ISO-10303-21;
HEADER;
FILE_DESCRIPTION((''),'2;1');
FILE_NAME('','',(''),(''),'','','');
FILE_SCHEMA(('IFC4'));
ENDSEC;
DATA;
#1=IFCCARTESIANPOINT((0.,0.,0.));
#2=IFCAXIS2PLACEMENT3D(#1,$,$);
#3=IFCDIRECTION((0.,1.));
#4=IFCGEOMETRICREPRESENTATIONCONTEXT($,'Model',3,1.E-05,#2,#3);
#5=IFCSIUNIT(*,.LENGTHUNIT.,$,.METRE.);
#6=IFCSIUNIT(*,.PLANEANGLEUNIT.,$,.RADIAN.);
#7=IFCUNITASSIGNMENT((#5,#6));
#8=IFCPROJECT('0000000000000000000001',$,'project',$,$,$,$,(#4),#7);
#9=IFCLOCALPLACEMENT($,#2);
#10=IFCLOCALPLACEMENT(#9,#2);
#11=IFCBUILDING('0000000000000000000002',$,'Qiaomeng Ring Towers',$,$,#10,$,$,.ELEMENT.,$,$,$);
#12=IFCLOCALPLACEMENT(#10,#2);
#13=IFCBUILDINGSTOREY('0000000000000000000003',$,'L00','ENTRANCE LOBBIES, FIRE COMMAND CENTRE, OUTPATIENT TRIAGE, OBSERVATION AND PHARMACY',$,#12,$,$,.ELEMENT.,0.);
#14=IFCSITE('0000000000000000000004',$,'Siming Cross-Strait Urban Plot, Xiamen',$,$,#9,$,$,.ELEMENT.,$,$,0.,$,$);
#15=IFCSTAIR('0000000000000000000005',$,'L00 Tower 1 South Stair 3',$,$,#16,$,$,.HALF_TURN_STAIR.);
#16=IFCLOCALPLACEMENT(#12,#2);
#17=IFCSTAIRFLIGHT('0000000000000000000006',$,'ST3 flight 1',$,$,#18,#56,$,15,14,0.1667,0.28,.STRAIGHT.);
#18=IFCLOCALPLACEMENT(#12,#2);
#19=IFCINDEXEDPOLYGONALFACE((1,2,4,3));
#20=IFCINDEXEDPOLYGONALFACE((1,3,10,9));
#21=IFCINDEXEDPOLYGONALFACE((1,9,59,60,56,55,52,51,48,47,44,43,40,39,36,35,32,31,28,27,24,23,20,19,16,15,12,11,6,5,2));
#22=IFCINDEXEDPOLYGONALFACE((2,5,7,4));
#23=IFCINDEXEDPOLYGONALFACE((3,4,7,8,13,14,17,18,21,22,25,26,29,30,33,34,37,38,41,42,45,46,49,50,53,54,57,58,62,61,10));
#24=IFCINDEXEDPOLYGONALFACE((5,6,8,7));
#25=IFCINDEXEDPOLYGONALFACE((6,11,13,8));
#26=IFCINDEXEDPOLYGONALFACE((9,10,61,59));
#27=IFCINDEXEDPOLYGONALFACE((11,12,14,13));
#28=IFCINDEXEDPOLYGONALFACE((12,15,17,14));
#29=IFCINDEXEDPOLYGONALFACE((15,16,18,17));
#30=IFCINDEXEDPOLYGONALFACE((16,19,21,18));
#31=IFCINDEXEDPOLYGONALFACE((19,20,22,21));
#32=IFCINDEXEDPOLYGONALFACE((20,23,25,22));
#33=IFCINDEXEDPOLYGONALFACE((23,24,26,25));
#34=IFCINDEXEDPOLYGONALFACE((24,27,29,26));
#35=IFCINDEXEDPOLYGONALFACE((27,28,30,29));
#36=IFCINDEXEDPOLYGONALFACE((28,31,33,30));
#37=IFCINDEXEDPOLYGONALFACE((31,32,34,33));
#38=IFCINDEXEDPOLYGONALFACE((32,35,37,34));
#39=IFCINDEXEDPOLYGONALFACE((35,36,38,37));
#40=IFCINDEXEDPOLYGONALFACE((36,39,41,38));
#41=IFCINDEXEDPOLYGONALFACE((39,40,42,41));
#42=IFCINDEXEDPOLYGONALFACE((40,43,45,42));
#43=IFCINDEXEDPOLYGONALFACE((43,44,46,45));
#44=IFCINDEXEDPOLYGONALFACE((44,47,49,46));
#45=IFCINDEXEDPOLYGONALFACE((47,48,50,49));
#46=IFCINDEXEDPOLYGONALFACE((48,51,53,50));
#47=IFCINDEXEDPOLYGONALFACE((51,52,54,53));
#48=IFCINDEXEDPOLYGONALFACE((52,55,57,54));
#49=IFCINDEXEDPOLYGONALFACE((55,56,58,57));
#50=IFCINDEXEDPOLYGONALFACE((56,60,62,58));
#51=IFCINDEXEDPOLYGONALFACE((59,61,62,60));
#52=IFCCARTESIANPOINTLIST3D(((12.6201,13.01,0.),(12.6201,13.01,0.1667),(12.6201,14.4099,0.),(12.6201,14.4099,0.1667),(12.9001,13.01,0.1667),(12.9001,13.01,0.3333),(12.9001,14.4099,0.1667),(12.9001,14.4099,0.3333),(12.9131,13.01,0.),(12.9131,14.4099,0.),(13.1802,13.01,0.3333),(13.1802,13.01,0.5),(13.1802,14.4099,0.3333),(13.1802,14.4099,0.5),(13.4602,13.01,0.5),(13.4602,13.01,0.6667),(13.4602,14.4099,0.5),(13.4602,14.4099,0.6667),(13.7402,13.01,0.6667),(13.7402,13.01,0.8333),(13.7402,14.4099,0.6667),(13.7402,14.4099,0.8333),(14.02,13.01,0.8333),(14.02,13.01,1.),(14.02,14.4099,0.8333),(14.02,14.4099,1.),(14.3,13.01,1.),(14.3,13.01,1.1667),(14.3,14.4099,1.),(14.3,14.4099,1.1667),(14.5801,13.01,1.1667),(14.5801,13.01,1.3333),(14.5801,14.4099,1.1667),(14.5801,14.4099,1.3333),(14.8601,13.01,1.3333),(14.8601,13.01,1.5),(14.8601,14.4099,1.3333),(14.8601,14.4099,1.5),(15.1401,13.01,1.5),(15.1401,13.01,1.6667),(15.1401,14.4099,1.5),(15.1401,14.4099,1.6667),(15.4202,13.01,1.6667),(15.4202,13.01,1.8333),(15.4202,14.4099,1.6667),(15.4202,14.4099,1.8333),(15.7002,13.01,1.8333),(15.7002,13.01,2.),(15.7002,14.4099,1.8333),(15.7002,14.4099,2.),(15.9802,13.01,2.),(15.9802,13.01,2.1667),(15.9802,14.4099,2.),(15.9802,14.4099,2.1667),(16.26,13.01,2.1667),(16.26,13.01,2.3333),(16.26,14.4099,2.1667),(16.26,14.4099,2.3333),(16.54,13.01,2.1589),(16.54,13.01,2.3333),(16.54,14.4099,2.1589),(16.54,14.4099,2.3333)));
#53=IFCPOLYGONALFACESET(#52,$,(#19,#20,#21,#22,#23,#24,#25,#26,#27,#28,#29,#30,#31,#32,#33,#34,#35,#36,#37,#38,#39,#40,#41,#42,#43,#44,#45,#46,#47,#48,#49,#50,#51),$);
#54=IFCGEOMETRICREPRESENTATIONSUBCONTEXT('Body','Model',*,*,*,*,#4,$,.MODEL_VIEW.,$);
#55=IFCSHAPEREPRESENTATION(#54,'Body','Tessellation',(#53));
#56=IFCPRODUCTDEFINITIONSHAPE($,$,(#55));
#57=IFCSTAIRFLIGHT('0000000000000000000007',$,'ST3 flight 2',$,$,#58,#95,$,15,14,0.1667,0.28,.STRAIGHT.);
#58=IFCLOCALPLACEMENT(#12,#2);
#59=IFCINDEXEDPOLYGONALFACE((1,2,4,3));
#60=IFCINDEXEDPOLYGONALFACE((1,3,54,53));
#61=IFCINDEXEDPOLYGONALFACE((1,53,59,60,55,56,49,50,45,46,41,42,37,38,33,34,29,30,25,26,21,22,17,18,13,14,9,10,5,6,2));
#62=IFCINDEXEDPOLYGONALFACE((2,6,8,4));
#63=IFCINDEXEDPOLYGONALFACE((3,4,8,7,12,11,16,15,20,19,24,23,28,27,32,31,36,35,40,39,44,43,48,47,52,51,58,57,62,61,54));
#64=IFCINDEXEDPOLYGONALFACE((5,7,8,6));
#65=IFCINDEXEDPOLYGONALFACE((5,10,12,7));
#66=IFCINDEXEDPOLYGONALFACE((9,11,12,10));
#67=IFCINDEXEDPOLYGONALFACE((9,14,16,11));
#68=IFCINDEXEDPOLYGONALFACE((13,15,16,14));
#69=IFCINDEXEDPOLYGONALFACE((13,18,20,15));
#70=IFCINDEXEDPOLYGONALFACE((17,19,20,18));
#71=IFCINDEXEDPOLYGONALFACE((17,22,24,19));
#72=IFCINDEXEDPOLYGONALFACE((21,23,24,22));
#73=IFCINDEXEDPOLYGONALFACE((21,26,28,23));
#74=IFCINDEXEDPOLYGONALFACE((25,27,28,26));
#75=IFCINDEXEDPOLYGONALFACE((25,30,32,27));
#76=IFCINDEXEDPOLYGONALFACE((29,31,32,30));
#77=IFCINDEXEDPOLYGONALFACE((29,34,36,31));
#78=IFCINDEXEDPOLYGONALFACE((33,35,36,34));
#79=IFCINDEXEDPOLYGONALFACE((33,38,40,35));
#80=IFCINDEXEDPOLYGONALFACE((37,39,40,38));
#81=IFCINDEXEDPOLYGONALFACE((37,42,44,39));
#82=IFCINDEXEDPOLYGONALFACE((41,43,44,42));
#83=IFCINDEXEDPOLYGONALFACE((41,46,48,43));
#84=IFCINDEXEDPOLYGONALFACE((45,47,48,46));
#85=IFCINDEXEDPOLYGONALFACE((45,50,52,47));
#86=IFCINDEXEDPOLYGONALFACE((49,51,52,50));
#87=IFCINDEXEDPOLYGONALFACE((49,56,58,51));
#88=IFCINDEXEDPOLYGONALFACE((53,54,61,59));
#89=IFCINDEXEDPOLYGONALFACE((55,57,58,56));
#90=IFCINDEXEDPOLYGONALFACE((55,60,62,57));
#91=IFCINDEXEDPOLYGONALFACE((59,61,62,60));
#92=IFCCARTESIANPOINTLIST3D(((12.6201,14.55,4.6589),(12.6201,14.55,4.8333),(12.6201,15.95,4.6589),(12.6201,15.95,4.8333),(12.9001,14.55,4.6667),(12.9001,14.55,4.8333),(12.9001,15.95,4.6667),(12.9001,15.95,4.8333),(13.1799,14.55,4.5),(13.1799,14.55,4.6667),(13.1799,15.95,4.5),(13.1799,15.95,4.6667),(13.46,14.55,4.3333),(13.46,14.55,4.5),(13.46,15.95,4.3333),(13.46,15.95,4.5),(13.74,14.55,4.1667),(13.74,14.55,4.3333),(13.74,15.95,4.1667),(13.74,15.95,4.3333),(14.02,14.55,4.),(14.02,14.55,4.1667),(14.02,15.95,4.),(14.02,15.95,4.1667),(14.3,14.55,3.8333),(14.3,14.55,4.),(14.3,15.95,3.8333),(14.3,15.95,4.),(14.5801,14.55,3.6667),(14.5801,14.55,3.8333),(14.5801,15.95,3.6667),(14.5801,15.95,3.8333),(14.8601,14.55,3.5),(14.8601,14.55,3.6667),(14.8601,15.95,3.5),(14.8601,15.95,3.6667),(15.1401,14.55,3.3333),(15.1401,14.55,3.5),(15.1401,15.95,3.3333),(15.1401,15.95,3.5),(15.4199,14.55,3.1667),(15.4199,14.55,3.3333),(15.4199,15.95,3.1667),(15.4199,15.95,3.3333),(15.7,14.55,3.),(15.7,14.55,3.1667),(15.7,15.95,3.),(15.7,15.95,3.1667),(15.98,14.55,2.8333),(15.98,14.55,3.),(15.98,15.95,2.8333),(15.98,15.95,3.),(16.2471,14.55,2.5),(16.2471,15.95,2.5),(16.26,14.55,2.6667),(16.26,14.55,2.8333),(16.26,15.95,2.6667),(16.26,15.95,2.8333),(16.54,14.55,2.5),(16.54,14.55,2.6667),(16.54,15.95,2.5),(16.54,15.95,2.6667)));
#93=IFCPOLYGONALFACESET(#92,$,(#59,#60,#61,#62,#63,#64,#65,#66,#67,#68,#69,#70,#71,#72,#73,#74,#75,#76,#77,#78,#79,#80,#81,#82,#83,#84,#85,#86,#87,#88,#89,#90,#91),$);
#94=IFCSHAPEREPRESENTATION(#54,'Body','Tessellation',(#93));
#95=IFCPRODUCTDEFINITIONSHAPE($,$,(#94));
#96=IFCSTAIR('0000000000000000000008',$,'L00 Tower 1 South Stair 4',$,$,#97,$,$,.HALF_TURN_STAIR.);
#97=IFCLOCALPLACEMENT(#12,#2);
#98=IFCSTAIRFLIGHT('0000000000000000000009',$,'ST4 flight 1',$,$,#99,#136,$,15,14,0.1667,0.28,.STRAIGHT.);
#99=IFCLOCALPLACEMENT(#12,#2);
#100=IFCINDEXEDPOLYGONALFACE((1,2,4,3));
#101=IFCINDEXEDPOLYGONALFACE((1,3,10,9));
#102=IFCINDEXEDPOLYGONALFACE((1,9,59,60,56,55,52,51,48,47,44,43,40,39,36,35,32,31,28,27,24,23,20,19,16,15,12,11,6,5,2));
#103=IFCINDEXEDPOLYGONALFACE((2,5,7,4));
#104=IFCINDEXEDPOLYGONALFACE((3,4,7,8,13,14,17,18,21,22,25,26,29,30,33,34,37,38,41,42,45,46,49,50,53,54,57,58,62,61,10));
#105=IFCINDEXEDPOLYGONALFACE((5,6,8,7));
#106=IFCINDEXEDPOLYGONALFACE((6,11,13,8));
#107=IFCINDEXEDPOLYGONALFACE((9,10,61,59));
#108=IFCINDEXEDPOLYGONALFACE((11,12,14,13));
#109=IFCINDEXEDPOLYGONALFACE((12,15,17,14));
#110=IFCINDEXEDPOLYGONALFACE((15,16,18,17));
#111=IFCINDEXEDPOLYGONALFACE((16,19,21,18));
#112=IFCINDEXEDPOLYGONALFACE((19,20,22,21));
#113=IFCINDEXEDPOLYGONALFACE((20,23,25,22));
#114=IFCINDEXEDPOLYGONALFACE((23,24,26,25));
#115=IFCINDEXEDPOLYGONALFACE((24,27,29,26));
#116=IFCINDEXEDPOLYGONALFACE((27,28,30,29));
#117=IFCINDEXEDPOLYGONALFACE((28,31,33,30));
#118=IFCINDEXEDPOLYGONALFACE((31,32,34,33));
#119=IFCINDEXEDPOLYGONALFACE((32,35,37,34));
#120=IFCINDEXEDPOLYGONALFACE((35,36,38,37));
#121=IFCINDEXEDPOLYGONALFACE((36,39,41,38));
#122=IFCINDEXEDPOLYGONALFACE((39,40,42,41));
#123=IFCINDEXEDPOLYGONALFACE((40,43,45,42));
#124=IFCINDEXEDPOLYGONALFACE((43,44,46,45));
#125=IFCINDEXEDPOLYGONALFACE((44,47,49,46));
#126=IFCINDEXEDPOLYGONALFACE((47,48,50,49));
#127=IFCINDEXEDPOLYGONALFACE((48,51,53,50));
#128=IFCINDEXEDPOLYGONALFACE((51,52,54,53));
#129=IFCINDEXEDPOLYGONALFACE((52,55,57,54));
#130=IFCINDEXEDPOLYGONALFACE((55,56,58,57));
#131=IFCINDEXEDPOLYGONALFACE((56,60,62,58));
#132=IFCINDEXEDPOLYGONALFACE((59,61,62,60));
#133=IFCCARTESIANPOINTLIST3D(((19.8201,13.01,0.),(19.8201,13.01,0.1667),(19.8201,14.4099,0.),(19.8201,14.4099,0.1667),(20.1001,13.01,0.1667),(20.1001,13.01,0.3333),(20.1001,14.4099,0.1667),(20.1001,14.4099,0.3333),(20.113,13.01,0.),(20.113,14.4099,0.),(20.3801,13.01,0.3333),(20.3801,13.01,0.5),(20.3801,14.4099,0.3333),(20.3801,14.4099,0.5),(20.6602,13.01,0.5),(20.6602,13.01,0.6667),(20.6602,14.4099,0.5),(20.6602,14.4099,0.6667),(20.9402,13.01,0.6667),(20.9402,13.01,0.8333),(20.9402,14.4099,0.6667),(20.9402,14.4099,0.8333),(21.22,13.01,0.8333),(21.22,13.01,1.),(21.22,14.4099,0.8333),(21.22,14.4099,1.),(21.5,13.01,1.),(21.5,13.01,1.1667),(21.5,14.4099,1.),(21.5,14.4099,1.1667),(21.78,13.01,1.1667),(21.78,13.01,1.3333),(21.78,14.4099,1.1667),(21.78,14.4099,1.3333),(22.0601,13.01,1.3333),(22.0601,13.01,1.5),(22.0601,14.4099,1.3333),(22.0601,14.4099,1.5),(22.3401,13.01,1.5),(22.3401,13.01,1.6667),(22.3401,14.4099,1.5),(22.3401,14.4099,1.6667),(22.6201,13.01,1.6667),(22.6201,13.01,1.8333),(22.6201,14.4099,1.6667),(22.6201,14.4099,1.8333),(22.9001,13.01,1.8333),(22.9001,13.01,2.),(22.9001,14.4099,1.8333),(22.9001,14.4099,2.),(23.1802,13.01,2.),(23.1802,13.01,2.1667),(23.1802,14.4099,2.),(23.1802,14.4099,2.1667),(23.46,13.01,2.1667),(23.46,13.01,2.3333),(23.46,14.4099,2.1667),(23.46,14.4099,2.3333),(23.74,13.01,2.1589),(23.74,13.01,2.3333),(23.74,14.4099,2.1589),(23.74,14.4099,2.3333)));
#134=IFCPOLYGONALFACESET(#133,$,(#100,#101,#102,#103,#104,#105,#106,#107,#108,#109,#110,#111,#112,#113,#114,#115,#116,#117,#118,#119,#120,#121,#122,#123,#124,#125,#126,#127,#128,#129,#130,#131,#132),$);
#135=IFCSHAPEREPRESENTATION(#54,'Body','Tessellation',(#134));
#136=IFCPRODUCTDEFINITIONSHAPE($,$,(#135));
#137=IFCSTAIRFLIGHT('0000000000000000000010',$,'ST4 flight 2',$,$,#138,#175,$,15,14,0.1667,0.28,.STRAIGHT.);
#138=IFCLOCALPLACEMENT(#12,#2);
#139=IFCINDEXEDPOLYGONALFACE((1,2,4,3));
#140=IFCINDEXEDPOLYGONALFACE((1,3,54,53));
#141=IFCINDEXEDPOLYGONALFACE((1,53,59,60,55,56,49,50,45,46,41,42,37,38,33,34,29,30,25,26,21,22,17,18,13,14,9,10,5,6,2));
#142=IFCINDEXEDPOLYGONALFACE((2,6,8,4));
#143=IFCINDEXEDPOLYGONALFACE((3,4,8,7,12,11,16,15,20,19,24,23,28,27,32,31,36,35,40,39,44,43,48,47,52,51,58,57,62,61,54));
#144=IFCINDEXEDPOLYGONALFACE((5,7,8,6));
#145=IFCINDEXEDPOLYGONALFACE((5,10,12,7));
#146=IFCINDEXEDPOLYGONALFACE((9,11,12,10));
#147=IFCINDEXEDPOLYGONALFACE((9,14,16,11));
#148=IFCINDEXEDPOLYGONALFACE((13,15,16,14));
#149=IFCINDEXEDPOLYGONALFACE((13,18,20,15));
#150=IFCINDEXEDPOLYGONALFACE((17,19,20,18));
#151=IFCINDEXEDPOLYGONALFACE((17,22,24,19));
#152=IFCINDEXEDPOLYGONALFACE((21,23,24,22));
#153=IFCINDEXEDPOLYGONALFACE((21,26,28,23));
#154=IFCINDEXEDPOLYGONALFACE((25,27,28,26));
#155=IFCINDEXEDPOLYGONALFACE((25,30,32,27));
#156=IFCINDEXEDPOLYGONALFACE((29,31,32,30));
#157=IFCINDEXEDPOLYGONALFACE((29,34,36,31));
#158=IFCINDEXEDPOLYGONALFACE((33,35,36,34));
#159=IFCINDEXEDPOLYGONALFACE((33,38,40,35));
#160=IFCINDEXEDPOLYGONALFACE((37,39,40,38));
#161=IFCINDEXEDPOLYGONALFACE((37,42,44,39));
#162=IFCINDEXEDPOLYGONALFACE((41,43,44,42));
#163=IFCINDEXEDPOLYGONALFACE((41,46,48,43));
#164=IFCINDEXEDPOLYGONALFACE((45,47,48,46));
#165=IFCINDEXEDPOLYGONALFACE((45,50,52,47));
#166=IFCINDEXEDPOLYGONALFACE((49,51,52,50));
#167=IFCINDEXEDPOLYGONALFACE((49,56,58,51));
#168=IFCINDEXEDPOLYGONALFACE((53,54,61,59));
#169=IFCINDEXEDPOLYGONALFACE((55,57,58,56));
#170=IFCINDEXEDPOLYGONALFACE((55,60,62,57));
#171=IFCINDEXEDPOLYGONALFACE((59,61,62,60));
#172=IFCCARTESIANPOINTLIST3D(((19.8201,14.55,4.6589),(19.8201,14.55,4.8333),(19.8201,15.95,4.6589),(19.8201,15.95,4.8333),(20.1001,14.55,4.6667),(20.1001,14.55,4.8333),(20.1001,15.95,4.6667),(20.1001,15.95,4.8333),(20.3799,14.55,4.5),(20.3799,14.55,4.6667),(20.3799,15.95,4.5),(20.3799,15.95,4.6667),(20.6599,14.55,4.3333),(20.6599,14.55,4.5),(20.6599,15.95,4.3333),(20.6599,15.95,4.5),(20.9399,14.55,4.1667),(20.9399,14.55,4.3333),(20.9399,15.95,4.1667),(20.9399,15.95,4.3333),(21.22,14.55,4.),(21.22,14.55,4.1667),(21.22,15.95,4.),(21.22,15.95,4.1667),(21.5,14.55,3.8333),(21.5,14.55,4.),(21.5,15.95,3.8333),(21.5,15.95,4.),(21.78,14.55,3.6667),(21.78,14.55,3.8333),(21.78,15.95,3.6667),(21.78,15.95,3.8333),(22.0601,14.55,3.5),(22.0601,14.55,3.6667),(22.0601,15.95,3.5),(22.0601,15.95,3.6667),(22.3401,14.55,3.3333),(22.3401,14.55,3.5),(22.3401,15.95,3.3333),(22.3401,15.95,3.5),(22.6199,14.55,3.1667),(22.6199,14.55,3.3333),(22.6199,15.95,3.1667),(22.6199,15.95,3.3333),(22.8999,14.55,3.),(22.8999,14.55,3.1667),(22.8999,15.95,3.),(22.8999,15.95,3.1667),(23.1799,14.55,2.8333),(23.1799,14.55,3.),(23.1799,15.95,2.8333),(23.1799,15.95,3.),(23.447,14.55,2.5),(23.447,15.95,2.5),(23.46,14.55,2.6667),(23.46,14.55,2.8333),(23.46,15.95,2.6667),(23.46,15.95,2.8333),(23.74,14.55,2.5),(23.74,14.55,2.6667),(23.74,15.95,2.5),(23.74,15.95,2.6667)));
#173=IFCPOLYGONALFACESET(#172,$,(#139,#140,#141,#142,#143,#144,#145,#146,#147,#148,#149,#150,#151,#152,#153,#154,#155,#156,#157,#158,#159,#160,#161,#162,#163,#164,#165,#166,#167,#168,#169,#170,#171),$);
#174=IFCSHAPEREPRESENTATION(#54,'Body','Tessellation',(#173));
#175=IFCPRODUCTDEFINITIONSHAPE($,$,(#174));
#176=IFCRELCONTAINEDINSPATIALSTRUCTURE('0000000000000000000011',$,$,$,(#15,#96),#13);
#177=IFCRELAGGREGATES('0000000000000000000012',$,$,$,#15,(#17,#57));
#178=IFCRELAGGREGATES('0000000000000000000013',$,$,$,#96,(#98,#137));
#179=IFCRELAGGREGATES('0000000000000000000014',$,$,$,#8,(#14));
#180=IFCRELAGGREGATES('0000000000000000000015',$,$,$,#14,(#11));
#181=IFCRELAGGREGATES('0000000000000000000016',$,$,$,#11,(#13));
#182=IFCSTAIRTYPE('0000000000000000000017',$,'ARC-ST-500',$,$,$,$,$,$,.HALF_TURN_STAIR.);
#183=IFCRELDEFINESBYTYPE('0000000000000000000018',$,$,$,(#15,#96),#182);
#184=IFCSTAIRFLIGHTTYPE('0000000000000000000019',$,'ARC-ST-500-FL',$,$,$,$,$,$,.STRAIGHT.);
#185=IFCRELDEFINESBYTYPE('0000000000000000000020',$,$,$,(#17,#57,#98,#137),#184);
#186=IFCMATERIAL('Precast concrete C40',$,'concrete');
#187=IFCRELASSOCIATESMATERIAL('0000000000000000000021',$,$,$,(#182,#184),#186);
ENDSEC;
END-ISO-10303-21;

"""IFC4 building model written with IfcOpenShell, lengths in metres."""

from ifc_helpers import new_model, si_unit, direction, frame, origin, place, context, subcontext, project, spatial, polyline, outline, extrude, source, transform, mapped, material, type_object, element, aggregate, save


model = new_model("IFC4")

# Units and contexts
model_context = context("Model", 3, precision=1e-05, world=origin(), true_north=direction((0.0, 1.0)))
body_context = subcontext(model_context, "Body", "Model", "MODEL_VIEW")
ifc_project = project(units=[si_unit("LENGTHUNIT", "METRE"), si_unit("PLANEANGLEUNIT", "RADIAN")], contexts=[model_context])

# Site, building, storey
site_placement = place(None, origin())
site = spatial("IfcSite", under=ifc_project, at=site_placement, Name="Siming Cross-Strait Urban Plot, Xiamen", CompositionType="ELEMENT", RefElevation=0.0)
building_placement = place(site_placement, origin())
building = spatial("IfcBuilding", under=site, at=building_placement, Name="Qiaomeng Ring Towers", CompositionType="ELEMENT")
storey_placement = place(building_placement, origin())
storey = spatial("IfcBuildingStorey", under=building, at=storey_placement, Name="L00", Description="ENTRANCE LOBBIES, FIRE COMMAND CENTRE, OUTPATIENT TRIAGE, OBSERVATION AND PHARMACY", CompositionType="ELEMENT", Elevation=0.0)

# Stairs, stair flights
ifc_material_1 = material(Name="Precast concrete C40", Category="concrete")
stair_type = type_object("IfcStairType", Name="ARC-ST-500", PredefinedType="HALF_TURN_STAIR", material=ifc_material_1)
stair_1_placement = place(storey_placement, origin())
stair_1 = element("IfcStair", 1, at=stair_1_placement, inside=storey, type_object=stair_type, Name="L00 Tower 1 South Stair 3", PredefinedType="HALF_TURN_STAIR")
stair_flight_type = type_object("IfcStairFlightType", Name="ARC-ST-500-FL", PredefinedType="STRAIGHT", material=ifc_material_1)
shared_shape_1 = source(origin(), body_context, "Body", "SweptSolid", [
    extrude(outline(polyline([(0.0, 0.0), (0.0, 0.1667), (0.28, 0.1667), (0.28, 0.3333), (0.5601, 0.3333), (0.5601, 0.5), (0.8401, 0.5), (0.8401, 0.6667), (1.1201, 0.6667), (1.1201, 0.8333), (1.3999, 0.8333), (1.3999, 1.0), (1.6799, 1.0), (1.6799, 1.1667), (1.96, 1.1667), (1.96, 1.3333), (2.24, 1.3333), (2.24, 1.5), (2.52, 1.5), (2.52, 1.6667), (2.8, 1.6667), (2.8, 1.8333), (3.0801, 1.8333), (3.0801, 2.0), (3.3601, 2.0), (3.3601, 2.1667), (3.6399, 2.1667), (3.6399, 2.3333), (3.9199, 2.3333), (3.9199, 2.5), (3.9199, 2.1589), (0.293, 0.0), (0.0, 0.0)])), frame((0.0, 0.7, 0.0), z_axis=(0.0, -1.0, 0.0), x_axis=(1.0, 0.0, 0.0)), (0.0, 0.0, 1.0), 1.3999),
])
stair_flight_1_placement = place(storey_placement, frame((12.6201, 13.71, 0.0), z_axis=(0.0, 0.0, 1.0), x_axis=(1.0, 0.0, 0.0)))
stair_flight_1 = element("IfcStairFlight", 2, at=stair_flight_1_placement, type_object=stair_flight_type, Name="ST3 flight 1", NumberOfRisers=15, NumberOfTreads=14, PredefinedType="STRAIGHT", RiserHeight=0.1667, TreadLength=0.28, context=body_context, shape_type="MappedRepresentation", body=[
    mapped(shared_shape_1, transform((0.0, 0.0, 0.0), x_axis=(1.0, 0.0, 0.0), y_axis=(0.0, 1.0, 0.0), z_axis=(0.0, 0.0, 1.0), scale=1.0)),
])
stair_flight_2_placement = place(storey_placement, frame((16.54, 15.25, 2.5), z_axis=(0.0, 0.0, 1.0), x_axis=(-1.0, 0.0, 0.0)))
stair_flight_2 = element("IfcStairFlight", 3, at=stair_flight_2_placement, type_object=stair_flight_type, Name="ST3 flight 2", NumberOfRisers=15, NumberOfTreads=14, PredefinedType="STRAIGHT", RiserHeight=0.1667, TreadLength=0.28, context=body_context, shape_type="MappedRepresentation", body=[
    mapped(shared_shape_1, transform((0.0, 0.0, 0.0), x_axis=(1.0, 0.0, 0.0), y_axis=(0.0, 1.0, 0.0), z_axis=(0.0, 0.0, 1.0), scale=1.0)),
])
aggregate(stair_1, [stair_flight_1, stair_flight_2])
stair_2_placement = place(storey_placement, origin())
stair_2 = element("IfcStair", 4, at=stair_2_placement, inside=storey, type_object=stair_type, Name="L00 Tower 1 South Stair 4", PredefinedType="HALF_TURN_STAIR")
stair_flight_3_placement = place(storey_placement, frame((19.8201, 13.71, 0.0), z_axis=(0.0, 0.0, 1.0), x_axis=(1.0, 0.0, 0.0)))
stair_flight_3 = element("IfcStairFlight", 5, at=stair_flight_3_placement, type_object=stair_flight_type, Name="ST4 flight 1", NumberOfRisers=15, NumberOfTreads=14, PredefinedType="STRAIGHT", RiserHeight=0.1667, TreadLength=0.28, context=body_context, shape_type="MappedRepresentation", body=[
    mapped(shared_shape_1, transform((0.0, 0.0, 0.0), x_axis=(1.0, 0.0, 0.0), y_axis=(0.0, 1.0, 0.0), z_axis=(0.0, 0.0, 1.0), scale=1.0)),
])
stair_flight_4_placement = place(storey_placement, frame((23.74, 15.25, 2.5), z_axis=(0.0, 0.0, 1.0), x_axis=(-1.0, 0.0, 0.0)))
stair_flight_4 = element("IfcStairFlight", 6, at=stair_flight_4_placement, type_object=stair_flight_type, Name="ST4 flight 2", NumberOfRisers=15, NumberOfTreads=14, PredefinedType="STRAIGHT", RiserHeight=0.1667, TreadLength=0.28, context=body_context, shape_type="MappedRepresentation", body=[
    mapped(shared_shape_1, transform((0.0, 0.0, 0.0), x_axis=(1.0, 0.0, 0.0), y_axis=(0.0, 1.0, 0.0), z_axis=(0.0, 0.0, 1.0), scale=1.0)),
])
aggregate(stair_2, [stair_flight_3, stair_flight_4])

save(model, "model.ifc")
